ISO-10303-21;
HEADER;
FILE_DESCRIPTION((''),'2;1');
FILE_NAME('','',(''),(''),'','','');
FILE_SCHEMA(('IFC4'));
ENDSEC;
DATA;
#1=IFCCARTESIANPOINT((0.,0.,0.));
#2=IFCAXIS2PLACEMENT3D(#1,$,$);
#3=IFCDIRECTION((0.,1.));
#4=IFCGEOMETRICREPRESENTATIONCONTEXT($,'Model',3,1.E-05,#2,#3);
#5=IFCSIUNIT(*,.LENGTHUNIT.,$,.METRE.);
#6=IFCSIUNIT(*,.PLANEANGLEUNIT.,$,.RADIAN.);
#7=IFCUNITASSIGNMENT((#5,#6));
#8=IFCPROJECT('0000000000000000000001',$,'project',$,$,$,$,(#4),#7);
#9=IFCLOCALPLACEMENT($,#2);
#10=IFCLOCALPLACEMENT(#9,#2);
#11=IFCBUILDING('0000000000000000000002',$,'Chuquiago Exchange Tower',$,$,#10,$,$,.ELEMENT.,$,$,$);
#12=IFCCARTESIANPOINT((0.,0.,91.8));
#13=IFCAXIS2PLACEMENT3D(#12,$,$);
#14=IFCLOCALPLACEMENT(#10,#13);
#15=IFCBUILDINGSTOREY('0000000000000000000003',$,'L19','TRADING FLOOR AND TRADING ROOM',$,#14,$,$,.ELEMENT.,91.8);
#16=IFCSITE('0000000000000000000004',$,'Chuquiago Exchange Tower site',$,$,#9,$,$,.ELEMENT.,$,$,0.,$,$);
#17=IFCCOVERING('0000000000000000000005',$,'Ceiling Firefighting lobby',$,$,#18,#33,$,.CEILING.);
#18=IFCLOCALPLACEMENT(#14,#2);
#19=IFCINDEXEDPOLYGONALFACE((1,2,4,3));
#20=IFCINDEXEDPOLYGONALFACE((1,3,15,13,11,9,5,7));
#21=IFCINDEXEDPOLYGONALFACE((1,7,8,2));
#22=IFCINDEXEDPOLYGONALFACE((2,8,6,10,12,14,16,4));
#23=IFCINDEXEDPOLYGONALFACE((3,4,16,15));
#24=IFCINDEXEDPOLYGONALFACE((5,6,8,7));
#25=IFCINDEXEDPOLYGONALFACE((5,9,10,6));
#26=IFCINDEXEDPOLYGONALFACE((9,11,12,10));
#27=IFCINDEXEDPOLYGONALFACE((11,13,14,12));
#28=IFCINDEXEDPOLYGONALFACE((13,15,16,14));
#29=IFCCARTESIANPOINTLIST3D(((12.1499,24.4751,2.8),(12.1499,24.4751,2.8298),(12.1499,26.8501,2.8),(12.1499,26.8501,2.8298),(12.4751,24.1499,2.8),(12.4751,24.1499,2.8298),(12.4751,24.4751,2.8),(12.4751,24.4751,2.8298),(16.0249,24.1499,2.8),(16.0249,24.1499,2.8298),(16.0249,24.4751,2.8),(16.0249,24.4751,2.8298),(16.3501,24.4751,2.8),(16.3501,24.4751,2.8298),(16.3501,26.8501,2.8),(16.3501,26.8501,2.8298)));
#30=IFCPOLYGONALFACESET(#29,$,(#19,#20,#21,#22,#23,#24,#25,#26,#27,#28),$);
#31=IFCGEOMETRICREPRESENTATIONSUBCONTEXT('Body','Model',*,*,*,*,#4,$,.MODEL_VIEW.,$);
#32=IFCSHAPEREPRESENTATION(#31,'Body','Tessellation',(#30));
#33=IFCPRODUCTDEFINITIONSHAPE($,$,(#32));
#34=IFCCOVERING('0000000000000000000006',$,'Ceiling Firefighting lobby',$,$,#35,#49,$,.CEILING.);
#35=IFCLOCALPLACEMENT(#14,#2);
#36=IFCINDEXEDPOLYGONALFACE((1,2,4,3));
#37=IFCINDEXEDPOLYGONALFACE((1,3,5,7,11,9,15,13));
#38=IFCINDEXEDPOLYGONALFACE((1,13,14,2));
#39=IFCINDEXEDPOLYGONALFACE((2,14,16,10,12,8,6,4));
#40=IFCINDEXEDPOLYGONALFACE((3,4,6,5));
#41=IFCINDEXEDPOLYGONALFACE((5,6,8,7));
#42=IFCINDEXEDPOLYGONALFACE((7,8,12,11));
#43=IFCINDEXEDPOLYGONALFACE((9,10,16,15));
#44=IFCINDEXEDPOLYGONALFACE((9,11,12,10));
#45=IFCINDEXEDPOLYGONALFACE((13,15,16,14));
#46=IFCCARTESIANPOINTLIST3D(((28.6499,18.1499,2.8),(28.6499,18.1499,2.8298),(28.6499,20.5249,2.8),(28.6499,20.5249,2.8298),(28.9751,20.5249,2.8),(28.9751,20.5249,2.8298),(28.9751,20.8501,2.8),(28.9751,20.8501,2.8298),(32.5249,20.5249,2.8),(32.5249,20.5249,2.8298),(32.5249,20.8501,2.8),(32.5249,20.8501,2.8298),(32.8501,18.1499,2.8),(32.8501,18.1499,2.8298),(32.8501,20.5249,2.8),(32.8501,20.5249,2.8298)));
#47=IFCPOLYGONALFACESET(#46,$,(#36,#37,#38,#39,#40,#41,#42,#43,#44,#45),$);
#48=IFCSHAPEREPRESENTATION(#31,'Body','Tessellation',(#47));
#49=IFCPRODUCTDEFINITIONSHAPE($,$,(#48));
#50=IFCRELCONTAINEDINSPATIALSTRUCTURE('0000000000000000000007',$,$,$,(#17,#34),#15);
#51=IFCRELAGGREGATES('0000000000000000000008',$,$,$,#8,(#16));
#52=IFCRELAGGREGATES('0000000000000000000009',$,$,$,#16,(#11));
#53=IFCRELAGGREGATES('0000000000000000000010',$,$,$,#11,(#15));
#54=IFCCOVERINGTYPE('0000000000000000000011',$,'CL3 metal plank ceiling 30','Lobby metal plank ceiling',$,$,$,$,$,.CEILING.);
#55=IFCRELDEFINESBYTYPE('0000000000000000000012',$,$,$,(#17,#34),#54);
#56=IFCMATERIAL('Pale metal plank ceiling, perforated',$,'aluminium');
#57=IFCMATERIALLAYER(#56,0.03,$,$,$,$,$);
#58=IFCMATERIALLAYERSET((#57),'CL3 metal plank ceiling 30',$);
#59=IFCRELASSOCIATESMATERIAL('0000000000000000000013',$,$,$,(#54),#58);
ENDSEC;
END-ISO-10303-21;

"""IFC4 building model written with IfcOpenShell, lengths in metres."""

from ifc_helpers import new_model, si_unit, direction, frame, origin, place, context, subcontext, project, spatial, polyline, outline, extrude, material, layer, layer_set, type_object, element, save


model = new_model("IFC4")

# Units and contexts
model_context = context("Model", 3, precision=1e-05, world=origin(), true_north=direction((0.0, 1.0)))
body_context = subcontext(model_context, "Body", "Model", "MODEL_VIEW")
ifc_project = project(units=[si_unit("LENGTHUNIT", "METRE"), si_unit("PLANEANGLEUNIT", "RADIAN")], contexts=[model_context])

# Site, building, storey
site_placement = place(None, origin())
site = spatial("IfcSite", under=ifc_project, at=site_placement, Name="Chuquiago Exchange Tower site", CompositionType="ELEMENT", RefElevation=0.0)
building_placement = place(site_placement, origin())
building = spatial("IfcBuilding", under=site, at=building_placement, Name="Chuquiago Exchange Tower", CompositionType="ELEMENT")
storey_placement = place(building_placement, frame((0.0, 0.0, 91.8)))
storey = spatial("IfcBuildingStorey", under=building, at=storey_placement, Name="L19", Description="TRADING FLOOR AND TRADING ROOM", CompositionType="ELEMENT", Elevation=91.8)

# Coverings
ifc_material_1 = material(Name="Pale metal plank ceiling, perforated", Category="aluminium")
ifc_layer_1 = layer(ifc_material_1, 0.03)
ifc_layer_set_1 = layer_set([ifc_layer_1], Name="CL3 metal plank ceiling 30")
covering_type_1 = type_object("IfcCoveringType", Name="CL3 metal plank ceiling 30", Description="Lobby metal plank ceiling", PredefinedType="CEILING", material=ifc_layer_set_1)
covering_1_placement = place(storey_placement, frame((0.0, 0.0, 2.8)))
element("IfcCovering", 1, at=covering_1_placement, inside=storey, type_object=covering_type_1, Name="Ceiling Firefighting lobby", PredefinedType="CEILING", context=body_context, shape_type="SweptSolid", body=[
    extrude(outline(polyline([(12.4751, 24.1499), (12.4751, 24.4751), (12.1499, 24.4751), (12.1499, 26.8501), (16.3501, 26.8501), (16.3501, 24.4751), (16.0249, 24.4751), (16.0249, 24.1499), (12.4751, 24.1499)])), origin(), (0.0, 0.0, 1.0), 0.0298),
])
covering_2_placement = place(storey_placement, frame((0.0, 0.0, 2.8)))
element("IfcCovering", 2, at=covering_2_placement, inside=storey, type_object=covering_type_1, Name="Ceiling Firefighting lobby", PredefinedType="CEILING", context=body_context, shape_type="SweptSolid", body=[
    extrude(outline(polyline([(28.6499, 18.1499), (28.6499, 20.5249), (28.9751, 20.5249), (28.9751, 20.8501), (32.5249, 20.8501), (32.5249, 20.5249), (32.8501, 20.5249), (32.8501, 18.1499), (28.6499, 18.1499)])), origin(), (0.0, 0.0, 1.0), 0.0298),
])

save(model, "model.ifc")
